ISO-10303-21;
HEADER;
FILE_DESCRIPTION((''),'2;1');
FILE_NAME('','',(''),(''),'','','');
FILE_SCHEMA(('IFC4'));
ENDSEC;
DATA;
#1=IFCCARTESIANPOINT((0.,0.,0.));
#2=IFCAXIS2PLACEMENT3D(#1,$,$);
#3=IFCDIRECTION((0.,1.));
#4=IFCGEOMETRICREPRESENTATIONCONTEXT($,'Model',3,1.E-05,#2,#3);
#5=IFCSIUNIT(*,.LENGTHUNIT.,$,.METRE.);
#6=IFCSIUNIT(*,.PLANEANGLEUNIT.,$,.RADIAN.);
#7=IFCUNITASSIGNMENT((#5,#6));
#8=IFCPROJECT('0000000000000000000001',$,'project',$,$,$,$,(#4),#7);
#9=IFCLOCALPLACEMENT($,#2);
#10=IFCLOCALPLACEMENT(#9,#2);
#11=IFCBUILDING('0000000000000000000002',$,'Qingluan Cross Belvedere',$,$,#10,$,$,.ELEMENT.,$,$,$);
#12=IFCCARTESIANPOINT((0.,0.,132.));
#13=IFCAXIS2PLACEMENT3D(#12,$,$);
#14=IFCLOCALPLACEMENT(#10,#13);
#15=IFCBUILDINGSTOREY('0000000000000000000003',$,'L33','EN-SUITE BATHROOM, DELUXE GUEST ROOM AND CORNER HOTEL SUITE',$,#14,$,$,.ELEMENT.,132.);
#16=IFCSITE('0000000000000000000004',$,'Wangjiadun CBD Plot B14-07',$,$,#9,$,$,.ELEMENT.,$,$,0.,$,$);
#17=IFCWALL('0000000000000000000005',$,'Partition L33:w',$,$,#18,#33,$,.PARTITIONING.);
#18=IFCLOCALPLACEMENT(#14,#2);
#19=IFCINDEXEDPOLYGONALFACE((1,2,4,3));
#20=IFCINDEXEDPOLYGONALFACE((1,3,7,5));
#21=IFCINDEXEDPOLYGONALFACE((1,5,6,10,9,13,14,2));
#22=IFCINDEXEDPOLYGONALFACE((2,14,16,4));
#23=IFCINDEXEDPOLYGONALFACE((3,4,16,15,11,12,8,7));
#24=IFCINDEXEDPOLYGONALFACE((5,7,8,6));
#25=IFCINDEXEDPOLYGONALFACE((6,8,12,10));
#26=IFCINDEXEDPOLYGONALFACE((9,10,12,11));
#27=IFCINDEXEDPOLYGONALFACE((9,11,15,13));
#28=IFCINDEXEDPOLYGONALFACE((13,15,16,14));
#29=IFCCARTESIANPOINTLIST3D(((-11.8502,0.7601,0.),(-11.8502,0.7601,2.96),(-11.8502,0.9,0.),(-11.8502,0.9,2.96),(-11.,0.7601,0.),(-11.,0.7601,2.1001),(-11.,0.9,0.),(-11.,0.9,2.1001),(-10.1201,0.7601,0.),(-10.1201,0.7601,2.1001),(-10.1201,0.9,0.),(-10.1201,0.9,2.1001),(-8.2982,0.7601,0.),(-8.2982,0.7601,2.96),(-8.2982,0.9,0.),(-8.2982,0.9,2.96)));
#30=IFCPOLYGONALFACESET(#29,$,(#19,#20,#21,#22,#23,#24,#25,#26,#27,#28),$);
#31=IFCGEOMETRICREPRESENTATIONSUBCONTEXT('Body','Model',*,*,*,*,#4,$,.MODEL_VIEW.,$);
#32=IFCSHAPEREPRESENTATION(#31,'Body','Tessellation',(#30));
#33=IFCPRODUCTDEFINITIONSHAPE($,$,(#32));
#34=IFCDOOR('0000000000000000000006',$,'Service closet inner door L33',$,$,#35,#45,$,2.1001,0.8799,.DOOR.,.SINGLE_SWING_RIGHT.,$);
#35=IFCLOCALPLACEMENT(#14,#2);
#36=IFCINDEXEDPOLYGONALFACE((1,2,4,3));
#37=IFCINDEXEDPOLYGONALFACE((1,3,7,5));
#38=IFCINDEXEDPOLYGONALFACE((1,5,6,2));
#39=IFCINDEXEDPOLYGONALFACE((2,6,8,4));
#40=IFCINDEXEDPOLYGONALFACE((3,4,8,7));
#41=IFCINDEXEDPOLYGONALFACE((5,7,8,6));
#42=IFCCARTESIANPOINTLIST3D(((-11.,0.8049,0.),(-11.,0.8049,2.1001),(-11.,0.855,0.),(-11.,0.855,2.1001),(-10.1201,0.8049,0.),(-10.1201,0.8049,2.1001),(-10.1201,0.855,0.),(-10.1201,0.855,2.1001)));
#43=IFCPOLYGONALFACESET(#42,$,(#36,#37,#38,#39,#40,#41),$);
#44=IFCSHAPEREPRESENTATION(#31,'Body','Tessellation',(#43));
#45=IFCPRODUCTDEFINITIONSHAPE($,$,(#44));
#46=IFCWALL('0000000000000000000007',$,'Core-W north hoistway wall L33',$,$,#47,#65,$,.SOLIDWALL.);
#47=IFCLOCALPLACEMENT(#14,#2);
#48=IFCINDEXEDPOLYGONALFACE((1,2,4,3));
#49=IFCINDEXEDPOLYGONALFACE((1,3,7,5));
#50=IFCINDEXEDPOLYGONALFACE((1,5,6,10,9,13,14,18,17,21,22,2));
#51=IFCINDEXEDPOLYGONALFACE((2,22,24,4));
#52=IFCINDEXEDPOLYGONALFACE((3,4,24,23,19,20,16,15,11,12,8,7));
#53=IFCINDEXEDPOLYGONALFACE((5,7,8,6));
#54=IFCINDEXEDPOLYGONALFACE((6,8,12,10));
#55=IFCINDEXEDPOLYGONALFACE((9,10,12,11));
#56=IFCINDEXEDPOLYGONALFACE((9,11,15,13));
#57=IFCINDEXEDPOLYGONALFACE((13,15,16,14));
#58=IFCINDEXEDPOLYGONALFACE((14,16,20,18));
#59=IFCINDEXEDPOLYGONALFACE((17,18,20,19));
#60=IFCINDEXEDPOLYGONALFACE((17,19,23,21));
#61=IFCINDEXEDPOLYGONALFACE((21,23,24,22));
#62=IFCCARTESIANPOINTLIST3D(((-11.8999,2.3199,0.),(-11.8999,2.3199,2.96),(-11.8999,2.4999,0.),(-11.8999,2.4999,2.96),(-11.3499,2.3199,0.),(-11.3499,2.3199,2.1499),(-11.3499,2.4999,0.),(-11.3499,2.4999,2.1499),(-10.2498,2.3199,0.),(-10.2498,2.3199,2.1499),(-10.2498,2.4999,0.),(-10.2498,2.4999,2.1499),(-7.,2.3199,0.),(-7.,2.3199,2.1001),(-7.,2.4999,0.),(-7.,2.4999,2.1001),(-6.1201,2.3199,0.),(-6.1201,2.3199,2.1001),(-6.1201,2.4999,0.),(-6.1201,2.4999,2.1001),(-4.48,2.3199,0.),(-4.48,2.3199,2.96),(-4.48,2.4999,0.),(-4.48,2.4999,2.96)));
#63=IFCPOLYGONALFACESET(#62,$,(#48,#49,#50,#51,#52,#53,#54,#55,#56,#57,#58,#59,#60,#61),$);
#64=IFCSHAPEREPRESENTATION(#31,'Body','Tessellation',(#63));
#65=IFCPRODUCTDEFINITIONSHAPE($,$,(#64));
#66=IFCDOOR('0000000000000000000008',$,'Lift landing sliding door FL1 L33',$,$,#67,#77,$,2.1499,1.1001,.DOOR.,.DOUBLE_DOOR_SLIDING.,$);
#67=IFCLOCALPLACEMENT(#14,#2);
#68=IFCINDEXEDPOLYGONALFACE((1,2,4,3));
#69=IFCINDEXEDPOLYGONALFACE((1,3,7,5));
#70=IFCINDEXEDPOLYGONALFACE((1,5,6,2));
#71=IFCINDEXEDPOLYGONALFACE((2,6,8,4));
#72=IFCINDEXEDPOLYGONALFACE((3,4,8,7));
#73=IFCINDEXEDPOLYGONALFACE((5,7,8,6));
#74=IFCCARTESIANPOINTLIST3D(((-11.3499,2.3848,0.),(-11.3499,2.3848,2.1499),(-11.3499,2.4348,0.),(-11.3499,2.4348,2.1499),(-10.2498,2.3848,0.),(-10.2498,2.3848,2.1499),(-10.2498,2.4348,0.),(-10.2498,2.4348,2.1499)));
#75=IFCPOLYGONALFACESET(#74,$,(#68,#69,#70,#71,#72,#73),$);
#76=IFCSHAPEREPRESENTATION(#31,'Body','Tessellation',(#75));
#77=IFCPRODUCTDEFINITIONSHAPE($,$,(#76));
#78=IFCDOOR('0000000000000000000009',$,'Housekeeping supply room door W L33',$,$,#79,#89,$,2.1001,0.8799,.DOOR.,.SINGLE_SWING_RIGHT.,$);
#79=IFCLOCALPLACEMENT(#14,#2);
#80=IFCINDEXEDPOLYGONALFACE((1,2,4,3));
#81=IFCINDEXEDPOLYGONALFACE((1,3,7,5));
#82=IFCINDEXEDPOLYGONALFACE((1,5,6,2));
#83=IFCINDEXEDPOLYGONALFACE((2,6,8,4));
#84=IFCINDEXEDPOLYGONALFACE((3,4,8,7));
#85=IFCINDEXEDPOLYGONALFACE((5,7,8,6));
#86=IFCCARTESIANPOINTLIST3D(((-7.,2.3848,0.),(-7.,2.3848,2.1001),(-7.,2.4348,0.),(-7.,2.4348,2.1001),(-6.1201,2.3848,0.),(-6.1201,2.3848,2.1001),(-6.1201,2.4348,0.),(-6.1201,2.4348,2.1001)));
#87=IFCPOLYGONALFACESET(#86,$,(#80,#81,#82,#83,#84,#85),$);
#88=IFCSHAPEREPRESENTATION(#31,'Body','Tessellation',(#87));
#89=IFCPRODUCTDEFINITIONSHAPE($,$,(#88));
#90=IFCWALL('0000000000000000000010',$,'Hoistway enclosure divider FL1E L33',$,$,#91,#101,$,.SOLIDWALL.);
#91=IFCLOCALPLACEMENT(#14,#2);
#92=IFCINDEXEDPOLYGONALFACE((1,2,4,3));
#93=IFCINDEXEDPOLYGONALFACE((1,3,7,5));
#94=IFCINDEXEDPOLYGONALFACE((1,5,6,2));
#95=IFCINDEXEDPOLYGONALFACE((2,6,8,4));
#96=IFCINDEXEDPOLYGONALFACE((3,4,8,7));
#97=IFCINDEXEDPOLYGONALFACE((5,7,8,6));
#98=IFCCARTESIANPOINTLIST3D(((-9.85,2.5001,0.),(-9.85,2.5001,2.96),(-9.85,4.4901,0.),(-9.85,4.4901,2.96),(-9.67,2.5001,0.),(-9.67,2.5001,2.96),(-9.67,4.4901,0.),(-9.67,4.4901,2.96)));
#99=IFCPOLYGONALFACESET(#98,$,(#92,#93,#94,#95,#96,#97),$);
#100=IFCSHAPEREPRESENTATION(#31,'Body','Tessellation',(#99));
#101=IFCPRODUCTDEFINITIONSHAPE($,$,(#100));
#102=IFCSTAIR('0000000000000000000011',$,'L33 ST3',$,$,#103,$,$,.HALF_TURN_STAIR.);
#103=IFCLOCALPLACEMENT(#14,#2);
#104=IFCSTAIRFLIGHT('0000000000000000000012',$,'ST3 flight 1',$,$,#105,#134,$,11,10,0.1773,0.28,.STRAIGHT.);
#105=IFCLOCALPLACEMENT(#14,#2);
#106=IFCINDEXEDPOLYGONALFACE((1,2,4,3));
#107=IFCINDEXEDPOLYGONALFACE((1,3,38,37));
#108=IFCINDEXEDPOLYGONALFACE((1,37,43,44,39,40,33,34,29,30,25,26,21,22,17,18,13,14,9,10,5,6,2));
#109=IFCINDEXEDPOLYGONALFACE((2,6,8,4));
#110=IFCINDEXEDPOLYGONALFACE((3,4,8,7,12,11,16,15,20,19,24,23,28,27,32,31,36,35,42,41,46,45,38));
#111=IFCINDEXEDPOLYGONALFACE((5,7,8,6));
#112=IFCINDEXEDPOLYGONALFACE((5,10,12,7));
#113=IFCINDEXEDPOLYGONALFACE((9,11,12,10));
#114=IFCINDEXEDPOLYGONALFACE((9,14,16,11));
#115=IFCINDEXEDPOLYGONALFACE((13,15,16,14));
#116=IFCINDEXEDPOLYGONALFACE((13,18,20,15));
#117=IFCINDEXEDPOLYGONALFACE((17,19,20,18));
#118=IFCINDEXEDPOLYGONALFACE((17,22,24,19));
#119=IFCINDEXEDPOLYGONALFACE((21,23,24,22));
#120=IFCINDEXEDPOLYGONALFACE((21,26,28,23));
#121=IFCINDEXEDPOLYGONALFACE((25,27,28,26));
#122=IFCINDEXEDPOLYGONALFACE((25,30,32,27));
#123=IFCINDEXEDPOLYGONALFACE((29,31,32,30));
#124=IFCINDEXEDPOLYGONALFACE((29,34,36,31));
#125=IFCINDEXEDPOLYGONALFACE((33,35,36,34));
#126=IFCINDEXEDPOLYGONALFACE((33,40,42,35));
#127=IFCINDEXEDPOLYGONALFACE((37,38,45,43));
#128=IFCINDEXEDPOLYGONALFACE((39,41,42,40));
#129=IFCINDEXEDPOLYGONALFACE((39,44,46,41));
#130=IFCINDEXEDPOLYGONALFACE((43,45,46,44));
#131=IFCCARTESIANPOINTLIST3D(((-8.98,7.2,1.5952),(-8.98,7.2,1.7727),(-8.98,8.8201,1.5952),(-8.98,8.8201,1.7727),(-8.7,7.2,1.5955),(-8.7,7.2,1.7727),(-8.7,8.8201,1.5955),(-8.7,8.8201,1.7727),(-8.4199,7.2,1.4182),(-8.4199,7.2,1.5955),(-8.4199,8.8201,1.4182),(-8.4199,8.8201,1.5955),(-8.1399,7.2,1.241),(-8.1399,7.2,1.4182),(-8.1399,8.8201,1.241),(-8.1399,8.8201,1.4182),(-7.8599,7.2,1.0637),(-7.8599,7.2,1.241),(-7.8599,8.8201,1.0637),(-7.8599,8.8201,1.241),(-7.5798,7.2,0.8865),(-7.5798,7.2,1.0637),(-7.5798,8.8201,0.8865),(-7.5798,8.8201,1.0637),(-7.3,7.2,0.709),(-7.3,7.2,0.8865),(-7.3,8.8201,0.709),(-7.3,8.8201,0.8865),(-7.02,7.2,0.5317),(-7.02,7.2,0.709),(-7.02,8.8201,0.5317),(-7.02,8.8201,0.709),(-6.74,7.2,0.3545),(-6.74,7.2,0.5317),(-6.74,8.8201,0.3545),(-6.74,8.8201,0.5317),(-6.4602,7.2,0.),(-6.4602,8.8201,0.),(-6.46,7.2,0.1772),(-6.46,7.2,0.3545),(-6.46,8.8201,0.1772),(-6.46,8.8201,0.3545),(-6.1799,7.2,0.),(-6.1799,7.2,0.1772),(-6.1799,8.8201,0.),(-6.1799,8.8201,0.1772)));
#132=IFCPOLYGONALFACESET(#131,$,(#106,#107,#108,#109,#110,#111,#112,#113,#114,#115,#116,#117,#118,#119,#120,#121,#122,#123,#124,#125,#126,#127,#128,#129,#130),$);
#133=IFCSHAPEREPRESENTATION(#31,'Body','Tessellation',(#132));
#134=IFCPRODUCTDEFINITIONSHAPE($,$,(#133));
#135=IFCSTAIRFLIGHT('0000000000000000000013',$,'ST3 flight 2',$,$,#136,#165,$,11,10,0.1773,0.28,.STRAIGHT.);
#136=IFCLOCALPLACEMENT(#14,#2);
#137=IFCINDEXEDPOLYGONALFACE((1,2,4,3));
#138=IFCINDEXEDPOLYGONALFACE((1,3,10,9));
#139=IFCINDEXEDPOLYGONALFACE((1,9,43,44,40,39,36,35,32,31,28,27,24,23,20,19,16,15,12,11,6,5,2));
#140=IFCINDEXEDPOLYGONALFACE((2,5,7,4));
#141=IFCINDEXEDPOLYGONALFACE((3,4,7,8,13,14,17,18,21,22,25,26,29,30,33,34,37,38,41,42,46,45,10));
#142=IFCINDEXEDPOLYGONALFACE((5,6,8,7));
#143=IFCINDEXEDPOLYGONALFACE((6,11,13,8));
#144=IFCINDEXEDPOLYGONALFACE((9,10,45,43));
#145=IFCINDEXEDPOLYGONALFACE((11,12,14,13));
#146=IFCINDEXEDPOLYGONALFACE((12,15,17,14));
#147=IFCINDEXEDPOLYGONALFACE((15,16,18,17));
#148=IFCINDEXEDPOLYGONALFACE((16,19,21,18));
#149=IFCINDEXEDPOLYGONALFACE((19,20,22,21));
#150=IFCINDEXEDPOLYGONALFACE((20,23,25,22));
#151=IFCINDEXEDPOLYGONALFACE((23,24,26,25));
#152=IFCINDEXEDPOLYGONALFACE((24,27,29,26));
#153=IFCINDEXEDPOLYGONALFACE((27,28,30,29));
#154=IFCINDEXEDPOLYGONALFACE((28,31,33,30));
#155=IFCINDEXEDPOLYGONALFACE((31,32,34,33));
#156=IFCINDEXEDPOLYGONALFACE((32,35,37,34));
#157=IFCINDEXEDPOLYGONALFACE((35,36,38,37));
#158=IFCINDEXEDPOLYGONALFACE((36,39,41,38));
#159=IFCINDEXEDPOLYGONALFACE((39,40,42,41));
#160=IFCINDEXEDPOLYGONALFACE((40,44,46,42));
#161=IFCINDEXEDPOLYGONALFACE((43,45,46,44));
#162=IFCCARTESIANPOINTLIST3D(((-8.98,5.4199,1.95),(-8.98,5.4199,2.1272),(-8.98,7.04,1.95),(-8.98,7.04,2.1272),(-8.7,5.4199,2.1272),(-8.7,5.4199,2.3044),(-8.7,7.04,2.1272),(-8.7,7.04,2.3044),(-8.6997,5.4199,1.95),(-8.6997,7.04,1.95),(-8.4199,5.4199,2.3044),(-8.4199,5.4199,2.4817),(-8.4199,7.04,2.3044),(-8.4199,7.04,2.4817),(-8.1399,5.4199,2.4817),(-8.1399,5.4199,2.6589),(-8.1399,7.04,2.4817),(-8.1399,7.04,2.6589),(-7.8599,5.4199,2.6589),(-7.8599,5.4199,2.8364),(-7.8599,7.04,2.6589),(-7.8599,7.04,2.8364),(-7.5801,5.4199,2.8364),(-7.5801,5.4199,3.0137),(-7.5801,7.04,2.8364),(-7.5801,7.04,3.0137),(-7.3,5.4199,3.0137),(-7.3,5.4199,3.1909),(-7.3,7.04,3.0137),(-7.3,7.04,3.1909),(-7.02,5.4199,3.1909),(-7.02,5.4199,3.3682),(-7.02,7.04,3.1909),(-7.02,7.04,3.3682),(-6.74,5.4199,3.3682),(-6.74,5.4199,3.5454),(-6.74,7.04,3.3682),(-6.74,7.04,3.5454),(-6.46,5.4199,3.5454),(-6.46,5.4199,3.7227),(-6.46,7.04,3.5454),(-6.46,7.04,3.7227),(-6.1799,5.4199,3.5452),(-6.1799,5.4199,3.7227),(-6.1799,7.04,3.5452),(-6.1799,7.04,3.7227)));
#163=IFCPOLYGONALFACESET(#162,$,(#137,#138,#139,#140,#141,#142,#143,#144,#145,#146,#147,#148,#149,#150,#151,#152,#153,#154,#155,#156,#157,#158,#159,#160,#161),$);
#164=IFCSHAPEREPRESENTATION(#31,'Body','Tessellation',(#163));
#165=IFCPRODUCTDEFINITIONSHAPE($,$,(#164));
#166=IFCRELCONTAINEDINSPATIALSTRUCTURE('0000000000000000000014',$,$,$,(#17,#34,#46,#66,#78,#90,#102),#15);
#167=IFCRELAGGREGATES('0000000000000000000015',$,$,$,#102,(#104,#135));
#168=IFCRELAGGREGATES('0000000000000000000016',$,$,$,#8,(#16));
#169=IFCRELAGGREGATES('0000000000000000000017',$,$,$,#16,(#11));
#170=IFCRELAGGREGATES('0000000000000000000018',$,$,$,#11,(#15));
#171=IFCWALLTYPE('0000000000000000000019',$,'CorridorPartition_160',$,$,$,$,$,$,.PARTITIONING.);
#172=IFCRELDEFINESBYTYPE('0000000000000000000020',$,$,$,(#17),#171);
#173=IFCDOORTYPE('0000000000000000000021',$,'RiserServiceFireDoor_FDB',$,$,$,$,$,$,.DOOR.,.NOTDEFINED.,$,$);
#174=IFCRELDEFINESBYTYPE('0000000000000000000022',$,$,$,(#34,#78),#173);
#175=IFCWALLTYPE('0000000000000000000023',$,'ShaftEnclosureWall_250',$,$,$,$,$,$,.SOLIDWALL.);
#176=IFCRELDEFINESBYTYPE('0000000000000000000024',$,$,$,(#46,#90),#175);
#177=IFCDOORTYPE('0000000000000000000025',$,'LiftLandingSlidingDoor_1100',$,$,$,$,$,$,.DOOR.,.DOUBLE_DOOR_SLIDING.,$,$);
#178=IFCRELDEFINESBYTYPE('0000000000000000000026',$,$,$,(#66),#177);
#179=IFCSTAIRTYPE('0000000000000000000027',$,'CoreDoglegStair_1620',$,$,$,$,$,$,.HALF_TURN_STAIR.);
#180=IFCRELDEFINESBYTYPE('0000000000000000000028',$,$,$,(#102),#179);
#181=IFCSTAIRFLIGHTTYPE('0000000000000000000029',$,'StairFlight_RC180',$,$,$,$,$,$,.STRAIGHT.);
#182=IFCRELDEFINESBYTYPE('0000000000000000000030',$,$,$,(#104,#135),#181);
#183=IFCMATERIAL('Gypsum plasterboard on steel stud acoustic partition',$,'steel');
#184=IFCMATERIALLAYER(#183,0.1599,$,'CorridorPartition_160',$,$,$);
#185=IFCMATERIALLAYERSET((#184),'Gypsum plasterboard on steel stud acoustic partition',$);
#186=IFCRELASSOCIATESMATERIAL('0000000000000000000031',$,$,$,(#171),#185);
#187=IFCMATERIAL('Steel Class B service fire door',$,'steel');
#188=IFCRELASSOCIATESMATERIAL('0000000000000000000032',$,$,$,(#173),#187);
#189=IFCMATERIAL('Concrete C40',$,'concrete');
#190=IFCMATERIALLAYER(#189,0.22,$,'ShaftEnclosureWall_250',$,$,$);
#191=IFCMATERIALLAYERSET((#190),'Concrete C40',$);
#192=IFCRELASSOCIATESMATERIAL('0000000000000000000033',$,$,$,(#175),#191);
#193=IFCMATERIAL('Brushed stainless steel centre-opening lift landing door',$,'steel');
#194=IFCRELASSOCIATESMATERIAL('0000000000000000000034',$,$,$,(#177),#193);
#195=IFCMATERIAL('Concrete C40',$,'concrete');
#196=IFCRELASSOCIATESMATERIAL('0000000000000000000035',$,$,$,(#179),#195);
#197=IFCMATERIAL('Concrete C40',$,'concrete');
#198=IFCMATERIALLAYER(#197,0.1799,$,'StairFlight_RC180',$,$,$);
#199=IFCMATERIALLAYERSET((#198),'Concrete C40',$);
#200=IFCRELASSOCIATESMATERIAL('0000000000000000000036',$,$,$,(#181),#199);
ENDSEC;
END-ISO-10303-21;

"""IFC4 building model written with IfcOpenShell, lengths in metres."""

from ifc_helpers import new_model, si_unit, direction, frame, frame_2d, origin, place, context, subcontext, project, spatial, polyline, rectangle, outline, extrude, material, layer, layer_set, type_object, element, fill, aggregate, save


model = new_model("IFC4")

# Units and contexts
model_context = context("Model", 3, precision=1e-05, world=origin(), true_north=direction((0.0, 1.0)))
body_context = subcontext(model_context, "Body", "Model", "MODEL_VIEW")
ifc_project = project(units=[si_unit("LENGTHUNIT", "METRE"), si_unit("PLANEANGLEUNIT", "RADIAN")], contexts=[model_context])

# Site, building, storey
site_placement = place(None, origin())
site = spatial("IfcSite", under=ifc_project, at=site_placement, Name="Wangjiadun CBD Plot B14-07", CompositionType="ELEMENT", RefElevation=0.0)
building_placement = place(site_placement, origin())
building = spatial("IfcBuilding", under=site, at=building_placement, Name="Qingluan Cross Belvedere", CompositionType="ELEMENT")
storey_placement = place(building_placement, frame((0.0, 0.0, 132.0)))
storey = spatial("IfcBuildingStorey", under=building, at=storey_placement, Name="L33", Description="EN-SUITE BATHROOM, DELUXE GUEST ROOM AND CORNER HOTEL SUITE", CompositionType="ELEMENT", Elevation=132.0)

# Wall, opening, door
ifc_material_1 = material(Name="Gypsum plasterboard on steel stud acoustic partition", Category="steel")
ifc_layer_1 = layer(ifc_material_1, 0.1599, Name="CorridorPartition_160")
ifc_layer_set_1 = layer_set([ifc_layer_1], Name="Gypsum plasterboard on steel stud acoustic partition")
wall_type_1 = type_object("IfcWallType", Name="CorridorPartition_160", PredefinedType="PARTITIONING", material=ifc_layer_set_1)
wall_1_placement = place(storey_placement, frame((-11.8501, 0.8301, 0.0), z_axis=(0.0, 0.0, 1.0), x_axis=(1.0, 0.0, 0.0)))
wall_1 = element("IfcWall", 1, at=wall_1_placement, inside=storey, type_object=wall_type_1, Name="Partition L33:w", PredefinedType="PARTITIONING", context=body_context, shape_type="SweptSolid", body=[
    extrude(rectangle(XDim=3.552, YDim=0.1399, at=frame_2d((1.7759, 0.0))), origin(), (0.0, 0.0, 1.0), 2.96),
])
opening_1_placement = place(wall_1_placement, frame((0.8501, 0.0, 0.0)))
opening_1 = element("IfcOpeningElement", 2, at=opening_1_placement, cuts=wall_1, PredefinedType="OPENING", context=body_context, shape_type="SweptSolid", body=[
    extrude(rectangle(XDim=0.8799, YDim=2.1001, at=frame_2d((0.4399, 1.05))), frame((0.0, 0.0798, 0.0), z_axis=(0.0, -1.0, 0.0), x_axis=(1.0, 0.0, 0.0)), (0.0, 0.0, 1.0), 0.1599),
])
ifc_material_2 = material(Name="Steel Class B service fire door", Category="steel")
door_type_1 = type_object("IfcDoorType", Name="RiserServiceFireDoor_FDB", OperationType="NOTDEFINED", PredefinedType="DOOR", material=ifc_material_2)
door_1_placement = place(opening_1_placement, origin())
door_1 = element("IfcDoor", 3, at=door_1_placement, inside=storey, type_object=door_type_1, Name="Service closet inner door L33", OperationType="SINGLE_SWING_RIGHT", OverallHeight=2.1001, OverallWidth=0.8799, PredefinedType="DOOR", context=body_context, shape_type="SweptSolid", body=[
    extrude(rectangle(XDim=0.8799, YDim=2.1001, at=frame_2d((0.4399, 1.05))), frame((0.0, 0.0249, 0.0), z_axis=(0.0, -1.0, 0.0), x_axis=(1.0, 0.0, 0.0)), (0.0, 0.0, 1.0), 0.05),
])
fill(opening_1, door_1)

# Wall, openings, doors
ifc_material_3 = material(Name="Concrete C40", Category="concrete")
ifc_layer_2 = layer(ifc_material_3, 0.22, Name="ShaftEnclosureWall_250")
ifc_layer_set_2 = layer_set([ifc_layer_2], Name="Concrete C40")
wall_type_2 = type_object("IfcWallType", Name="ShaftEnclosureWall_250", PredefinedType="SOLIDWALL", material=ifc_layer_set_2)
wall_2_placement = place(storey_placement, frame((-11.8999, 2.4099, 0.0), z_axis=(0.0, 0.0, 1.0), x_axis=(1.0, 0.0, 0.0)))
wall_2 = element("IfcWall", 4, at=wall_2_placement, inside=storey, type_object=wall_type_2, Name="Core-W north hoistway wall L33", PredefinedType="SOLIDWALL", context=body_context, shape_type="SweptSolid", body=[
    extrude(rectangle(XDim=7.4199, YDim=0.1799, at=frame_2d((3.71, 0.0))), origin(), (0.0, 0.0, 1.0), 2.96),
])
opening_2_placement = place(wall_2_placement, frame((0.55, 0.0, 0.0)))
opening_2 = element("IfcOpeningElement", 5, at=opening_2_placement, cuts=wall_2, PredefinedType="OPENING", context=body_context, shape_type="SweptSolid", body=[
    extrude(rectangle(XDim=1.1001, YDim=2.1499, at=frame_2d((0.55, 1.075))), frame((0.0, 0.0999, 0.0), z_axis=(0.0, -1.0, 0.0), x_axis=(1.0, 0.0, 0.0)), (0.0, 0.0, 1.0), 0.2),
])
opening_3_placement = place(wall_2_placement, frame((4.8999, 0.0, 0.0)))
opening_3 = element("IfcOpeningElement", 6, at=opening_3_placement, cuts=wall_2, PredefinedType="OPENING", context=body_context, shape_type="SweptSolid", body=[
    extrude(rectangle(XDim=0.8799, YDim=2.1001, at=frame_2d((0.4399, 1.05))), frame((0.0, 0.0999, 0.0), z_axis=(0.0, -1.0, 0.0), x_axis=(1.0, 0.0, 0.0)), (0.0, 0.0, 1.0), 0.2),
])
ifc_material_4 = material(Name="Brushed stainless steel centre-opening lift landing door", Category="steel")
door_type_2 = type_object("IfcDoorType", Name="LiftLandingSlidingDoor_1100", OperationType="DOUBLE_DOOR_SLIDING", PredefinedType="DOOR", material=ifc_material_4)
door_2_placement = place(opening_2_placement, origin())
door_2 = element("IfcDoor", 7, at=door_2_placement, inside=storey, type_object=door_type_2, Name="Lift landing sliding door FL1 L33", OperationType="DOUBLE_DOOR_SLIDING", OverallHeight=2.1499, OverallWidth=1.1001, PredefinedType="DOOR", context=body_context, shape_type="SweptSolid", body=[
    extrude(rectangle(XDim=1.1001, YDim=2.1499, at=frame_2d((0.55, 1.075))), frame((0.0, 0.0249, 0.0), z_axis=(0.0, -1.0, 0.0), x_axis=(1.0, 0.0, 0.0)), (0.0, 0.0, 1.0), 0.05),
])
fill(opening_2, door_2)
door_3_placement = place(opening_3_placement, origin())
door_3 = element("IfcDoor", 8, at=door_3_placement, inside=storey, type_object=door_type_1, Name="Housekeeping supply room door W L33", OperationType="SINGLE_SWING_RIGHT", OverallHeight=2.1001, OverallWidth=0.8799, PredefinedType="DOOR", context=body_context, shape_type="SweptSolid", body=[
    extrude(rectangle(XDim=0.8799, YDim=2.1001, at=frame_2d((0.4399, 1.05))), frame((0.0, 0.0249, 0.0), z_axis=(0.0, -1.0, 0.0), x_axis=(1.0, 0.0, 0.0)), (0.0, 0.0, 1.0), 0.05),
])
fill(opening_3, door_3)

# Wall
wall_3_placement = place(storey_placement, frame((-9.76, 2.5, 0.0), z_axis=(0.0, 0.0, 1.0), x_axis=(0.0, 1.0, 0.0)))
element("IfcWall", 9, at=wall_3_placement, inside=storey, type_object=wall_type_2, Name="Hoistway enclosure divider FL1E L33", PredefinedType="SOLIDWALL", context=body_context, shape_type="SweptSolid", body=[
    extrude(rectangle(XDim=1.99, YDim=0.1799, at=frame_2d((0.9951, 0.0))), origin(), (0.0, 0.0, 1.0), 2.96),
])

# Stair, stair flights
ifc_material_5 = material(Name="Concrete C40", Category="concrete")
stair_type = type_object("IfcStairType", Name="CoreDoglegStair_1620", PredefinedType="HALF_TURN_STAIR", material=ifc_material_5)
stair_placement = place(storey_placement, origin())
stair = element("IfcStair", 10, at=stair_placement, inside=storey, type_object=stair_type, Name="L33 ST3", PredefinedType="HALF_TURN_STAIR")
ifc_material_6 = material(Name="Concrete C40", Category="concrete")
ifc_layer_3 = layer(ifc_material_6, 0.1799, Name="StairFlight_RC180")
ifc_layer_set_3 = layer_set([ifc_layer_3], Name="Concrete C40")
stair_flight_type = type_object("IfcStairFlightType", Name="StairFlight_RC180", PredefinedType="STRAIGHT", material=ifc_layer_set_3)
stair_flight_1_placement = place(storey_placement, frame((-6.1799, 8.01, 0.0), z_axis=(0.0, 0.0, 1.0), x_axis=(-1.0, 0.0, 0.0)))
stair_flight_1 = element("IfcStairFlight", 11, at=stair_flight_1_placement, type_object=stair_flight_type, Name="ST3 flight 1", NumberOfRisers=11, NumberOfTreads=10, PredefinedType="STRAIGHT", RiserHeight=0.1773, TreadLength=0.28, context=body_context, shape_type="SweptSolid", body=[
    extrude(outline(polyline([(0.0, 0.0), (0.0, 0.1772), (0.28, 0.1772), (0.28, 0.3545), (0.5601, 0.3545), (0.5601, 0.5317), (0.8401, 0.5317), (0.8401, 0.709), (1.1201, 0.709), (1.1201, 0.8865), (1.3999, 0.8865), (1.3999, 1.0637), (1.6799, 1.0637), (1.6799, 1.241), (1.96, 1.241), (1.96, 1.4182), (2.24, 1.4182), (2.24, 1.5955), (2.52, 1.5955), (2.52, 1.7727), (2.8, 1.7727), (2.8, 1.95), (2.8, 1.5952), (0.2803, 0.0), (0.0, 0.0)])), frame((0.0, 0.8101, 0.0), z_axis=(0.0, -1.0, 0.0), x_axis=(1.0, 0.0, 0.0)), (0.0, 0.0, 1.0), 1.6201),
])
stair_flight_2_placement = place(storey_placement, frame((-8.98, 6.23, 1.95), z_axis=(0.0, 0.0, 1.0), x_axis=(1.0, 0.0, 0.0)))
stair_flight_2 = element("IfcStairFlight", 12, at=stair_flight_2_placement, type_object=stair_flight_type, Name="ST3 flight 2", NumberOfRisers=11, NumberOfTreads=10, PredefinedType="STRAIGHT", RiserHeight=0.1773, TreadLength=0.28, context=body_context, shape_type="SweptSolid", body=[
    extrude(outline(polyline([(0.0, 0.0), (0.0, 0.1772), (0.28, 0.1772), (0.28, 0.3545), (0.5601, 0.3545), (0.5601, 0.5317), (0.8401, 0.5317), (0.8401, 0.709), (1.1201, 0.709), (1.1201, 0.8865), (1.3999, 0.8865), (1.3999, 1.0637), (1.6799, 1.0637), (1.6799, 1.241), (1.96, 1.241), (1.96, 1.4182), (2.24, 1.4182), (2.24, 1.5955), (2.52, 1.5955), (2.52, 1.7727), (2.8, 1.7727), (2.8, 1.95), (2.8, 1.5952), (0.2803, 0.0), (0.0, 0.0)])), frame((0.0, 0.8101, 0.0), z_axis=(0.0, -1.0, 0.0), x_axis=(1.0, 0.0, 0.0)), (0.0, 0.0, 1.0), 1.6201),
])
aggregate(stair, [stair_flight_1, stair_flight_2])

save(model, "model.ifc")
